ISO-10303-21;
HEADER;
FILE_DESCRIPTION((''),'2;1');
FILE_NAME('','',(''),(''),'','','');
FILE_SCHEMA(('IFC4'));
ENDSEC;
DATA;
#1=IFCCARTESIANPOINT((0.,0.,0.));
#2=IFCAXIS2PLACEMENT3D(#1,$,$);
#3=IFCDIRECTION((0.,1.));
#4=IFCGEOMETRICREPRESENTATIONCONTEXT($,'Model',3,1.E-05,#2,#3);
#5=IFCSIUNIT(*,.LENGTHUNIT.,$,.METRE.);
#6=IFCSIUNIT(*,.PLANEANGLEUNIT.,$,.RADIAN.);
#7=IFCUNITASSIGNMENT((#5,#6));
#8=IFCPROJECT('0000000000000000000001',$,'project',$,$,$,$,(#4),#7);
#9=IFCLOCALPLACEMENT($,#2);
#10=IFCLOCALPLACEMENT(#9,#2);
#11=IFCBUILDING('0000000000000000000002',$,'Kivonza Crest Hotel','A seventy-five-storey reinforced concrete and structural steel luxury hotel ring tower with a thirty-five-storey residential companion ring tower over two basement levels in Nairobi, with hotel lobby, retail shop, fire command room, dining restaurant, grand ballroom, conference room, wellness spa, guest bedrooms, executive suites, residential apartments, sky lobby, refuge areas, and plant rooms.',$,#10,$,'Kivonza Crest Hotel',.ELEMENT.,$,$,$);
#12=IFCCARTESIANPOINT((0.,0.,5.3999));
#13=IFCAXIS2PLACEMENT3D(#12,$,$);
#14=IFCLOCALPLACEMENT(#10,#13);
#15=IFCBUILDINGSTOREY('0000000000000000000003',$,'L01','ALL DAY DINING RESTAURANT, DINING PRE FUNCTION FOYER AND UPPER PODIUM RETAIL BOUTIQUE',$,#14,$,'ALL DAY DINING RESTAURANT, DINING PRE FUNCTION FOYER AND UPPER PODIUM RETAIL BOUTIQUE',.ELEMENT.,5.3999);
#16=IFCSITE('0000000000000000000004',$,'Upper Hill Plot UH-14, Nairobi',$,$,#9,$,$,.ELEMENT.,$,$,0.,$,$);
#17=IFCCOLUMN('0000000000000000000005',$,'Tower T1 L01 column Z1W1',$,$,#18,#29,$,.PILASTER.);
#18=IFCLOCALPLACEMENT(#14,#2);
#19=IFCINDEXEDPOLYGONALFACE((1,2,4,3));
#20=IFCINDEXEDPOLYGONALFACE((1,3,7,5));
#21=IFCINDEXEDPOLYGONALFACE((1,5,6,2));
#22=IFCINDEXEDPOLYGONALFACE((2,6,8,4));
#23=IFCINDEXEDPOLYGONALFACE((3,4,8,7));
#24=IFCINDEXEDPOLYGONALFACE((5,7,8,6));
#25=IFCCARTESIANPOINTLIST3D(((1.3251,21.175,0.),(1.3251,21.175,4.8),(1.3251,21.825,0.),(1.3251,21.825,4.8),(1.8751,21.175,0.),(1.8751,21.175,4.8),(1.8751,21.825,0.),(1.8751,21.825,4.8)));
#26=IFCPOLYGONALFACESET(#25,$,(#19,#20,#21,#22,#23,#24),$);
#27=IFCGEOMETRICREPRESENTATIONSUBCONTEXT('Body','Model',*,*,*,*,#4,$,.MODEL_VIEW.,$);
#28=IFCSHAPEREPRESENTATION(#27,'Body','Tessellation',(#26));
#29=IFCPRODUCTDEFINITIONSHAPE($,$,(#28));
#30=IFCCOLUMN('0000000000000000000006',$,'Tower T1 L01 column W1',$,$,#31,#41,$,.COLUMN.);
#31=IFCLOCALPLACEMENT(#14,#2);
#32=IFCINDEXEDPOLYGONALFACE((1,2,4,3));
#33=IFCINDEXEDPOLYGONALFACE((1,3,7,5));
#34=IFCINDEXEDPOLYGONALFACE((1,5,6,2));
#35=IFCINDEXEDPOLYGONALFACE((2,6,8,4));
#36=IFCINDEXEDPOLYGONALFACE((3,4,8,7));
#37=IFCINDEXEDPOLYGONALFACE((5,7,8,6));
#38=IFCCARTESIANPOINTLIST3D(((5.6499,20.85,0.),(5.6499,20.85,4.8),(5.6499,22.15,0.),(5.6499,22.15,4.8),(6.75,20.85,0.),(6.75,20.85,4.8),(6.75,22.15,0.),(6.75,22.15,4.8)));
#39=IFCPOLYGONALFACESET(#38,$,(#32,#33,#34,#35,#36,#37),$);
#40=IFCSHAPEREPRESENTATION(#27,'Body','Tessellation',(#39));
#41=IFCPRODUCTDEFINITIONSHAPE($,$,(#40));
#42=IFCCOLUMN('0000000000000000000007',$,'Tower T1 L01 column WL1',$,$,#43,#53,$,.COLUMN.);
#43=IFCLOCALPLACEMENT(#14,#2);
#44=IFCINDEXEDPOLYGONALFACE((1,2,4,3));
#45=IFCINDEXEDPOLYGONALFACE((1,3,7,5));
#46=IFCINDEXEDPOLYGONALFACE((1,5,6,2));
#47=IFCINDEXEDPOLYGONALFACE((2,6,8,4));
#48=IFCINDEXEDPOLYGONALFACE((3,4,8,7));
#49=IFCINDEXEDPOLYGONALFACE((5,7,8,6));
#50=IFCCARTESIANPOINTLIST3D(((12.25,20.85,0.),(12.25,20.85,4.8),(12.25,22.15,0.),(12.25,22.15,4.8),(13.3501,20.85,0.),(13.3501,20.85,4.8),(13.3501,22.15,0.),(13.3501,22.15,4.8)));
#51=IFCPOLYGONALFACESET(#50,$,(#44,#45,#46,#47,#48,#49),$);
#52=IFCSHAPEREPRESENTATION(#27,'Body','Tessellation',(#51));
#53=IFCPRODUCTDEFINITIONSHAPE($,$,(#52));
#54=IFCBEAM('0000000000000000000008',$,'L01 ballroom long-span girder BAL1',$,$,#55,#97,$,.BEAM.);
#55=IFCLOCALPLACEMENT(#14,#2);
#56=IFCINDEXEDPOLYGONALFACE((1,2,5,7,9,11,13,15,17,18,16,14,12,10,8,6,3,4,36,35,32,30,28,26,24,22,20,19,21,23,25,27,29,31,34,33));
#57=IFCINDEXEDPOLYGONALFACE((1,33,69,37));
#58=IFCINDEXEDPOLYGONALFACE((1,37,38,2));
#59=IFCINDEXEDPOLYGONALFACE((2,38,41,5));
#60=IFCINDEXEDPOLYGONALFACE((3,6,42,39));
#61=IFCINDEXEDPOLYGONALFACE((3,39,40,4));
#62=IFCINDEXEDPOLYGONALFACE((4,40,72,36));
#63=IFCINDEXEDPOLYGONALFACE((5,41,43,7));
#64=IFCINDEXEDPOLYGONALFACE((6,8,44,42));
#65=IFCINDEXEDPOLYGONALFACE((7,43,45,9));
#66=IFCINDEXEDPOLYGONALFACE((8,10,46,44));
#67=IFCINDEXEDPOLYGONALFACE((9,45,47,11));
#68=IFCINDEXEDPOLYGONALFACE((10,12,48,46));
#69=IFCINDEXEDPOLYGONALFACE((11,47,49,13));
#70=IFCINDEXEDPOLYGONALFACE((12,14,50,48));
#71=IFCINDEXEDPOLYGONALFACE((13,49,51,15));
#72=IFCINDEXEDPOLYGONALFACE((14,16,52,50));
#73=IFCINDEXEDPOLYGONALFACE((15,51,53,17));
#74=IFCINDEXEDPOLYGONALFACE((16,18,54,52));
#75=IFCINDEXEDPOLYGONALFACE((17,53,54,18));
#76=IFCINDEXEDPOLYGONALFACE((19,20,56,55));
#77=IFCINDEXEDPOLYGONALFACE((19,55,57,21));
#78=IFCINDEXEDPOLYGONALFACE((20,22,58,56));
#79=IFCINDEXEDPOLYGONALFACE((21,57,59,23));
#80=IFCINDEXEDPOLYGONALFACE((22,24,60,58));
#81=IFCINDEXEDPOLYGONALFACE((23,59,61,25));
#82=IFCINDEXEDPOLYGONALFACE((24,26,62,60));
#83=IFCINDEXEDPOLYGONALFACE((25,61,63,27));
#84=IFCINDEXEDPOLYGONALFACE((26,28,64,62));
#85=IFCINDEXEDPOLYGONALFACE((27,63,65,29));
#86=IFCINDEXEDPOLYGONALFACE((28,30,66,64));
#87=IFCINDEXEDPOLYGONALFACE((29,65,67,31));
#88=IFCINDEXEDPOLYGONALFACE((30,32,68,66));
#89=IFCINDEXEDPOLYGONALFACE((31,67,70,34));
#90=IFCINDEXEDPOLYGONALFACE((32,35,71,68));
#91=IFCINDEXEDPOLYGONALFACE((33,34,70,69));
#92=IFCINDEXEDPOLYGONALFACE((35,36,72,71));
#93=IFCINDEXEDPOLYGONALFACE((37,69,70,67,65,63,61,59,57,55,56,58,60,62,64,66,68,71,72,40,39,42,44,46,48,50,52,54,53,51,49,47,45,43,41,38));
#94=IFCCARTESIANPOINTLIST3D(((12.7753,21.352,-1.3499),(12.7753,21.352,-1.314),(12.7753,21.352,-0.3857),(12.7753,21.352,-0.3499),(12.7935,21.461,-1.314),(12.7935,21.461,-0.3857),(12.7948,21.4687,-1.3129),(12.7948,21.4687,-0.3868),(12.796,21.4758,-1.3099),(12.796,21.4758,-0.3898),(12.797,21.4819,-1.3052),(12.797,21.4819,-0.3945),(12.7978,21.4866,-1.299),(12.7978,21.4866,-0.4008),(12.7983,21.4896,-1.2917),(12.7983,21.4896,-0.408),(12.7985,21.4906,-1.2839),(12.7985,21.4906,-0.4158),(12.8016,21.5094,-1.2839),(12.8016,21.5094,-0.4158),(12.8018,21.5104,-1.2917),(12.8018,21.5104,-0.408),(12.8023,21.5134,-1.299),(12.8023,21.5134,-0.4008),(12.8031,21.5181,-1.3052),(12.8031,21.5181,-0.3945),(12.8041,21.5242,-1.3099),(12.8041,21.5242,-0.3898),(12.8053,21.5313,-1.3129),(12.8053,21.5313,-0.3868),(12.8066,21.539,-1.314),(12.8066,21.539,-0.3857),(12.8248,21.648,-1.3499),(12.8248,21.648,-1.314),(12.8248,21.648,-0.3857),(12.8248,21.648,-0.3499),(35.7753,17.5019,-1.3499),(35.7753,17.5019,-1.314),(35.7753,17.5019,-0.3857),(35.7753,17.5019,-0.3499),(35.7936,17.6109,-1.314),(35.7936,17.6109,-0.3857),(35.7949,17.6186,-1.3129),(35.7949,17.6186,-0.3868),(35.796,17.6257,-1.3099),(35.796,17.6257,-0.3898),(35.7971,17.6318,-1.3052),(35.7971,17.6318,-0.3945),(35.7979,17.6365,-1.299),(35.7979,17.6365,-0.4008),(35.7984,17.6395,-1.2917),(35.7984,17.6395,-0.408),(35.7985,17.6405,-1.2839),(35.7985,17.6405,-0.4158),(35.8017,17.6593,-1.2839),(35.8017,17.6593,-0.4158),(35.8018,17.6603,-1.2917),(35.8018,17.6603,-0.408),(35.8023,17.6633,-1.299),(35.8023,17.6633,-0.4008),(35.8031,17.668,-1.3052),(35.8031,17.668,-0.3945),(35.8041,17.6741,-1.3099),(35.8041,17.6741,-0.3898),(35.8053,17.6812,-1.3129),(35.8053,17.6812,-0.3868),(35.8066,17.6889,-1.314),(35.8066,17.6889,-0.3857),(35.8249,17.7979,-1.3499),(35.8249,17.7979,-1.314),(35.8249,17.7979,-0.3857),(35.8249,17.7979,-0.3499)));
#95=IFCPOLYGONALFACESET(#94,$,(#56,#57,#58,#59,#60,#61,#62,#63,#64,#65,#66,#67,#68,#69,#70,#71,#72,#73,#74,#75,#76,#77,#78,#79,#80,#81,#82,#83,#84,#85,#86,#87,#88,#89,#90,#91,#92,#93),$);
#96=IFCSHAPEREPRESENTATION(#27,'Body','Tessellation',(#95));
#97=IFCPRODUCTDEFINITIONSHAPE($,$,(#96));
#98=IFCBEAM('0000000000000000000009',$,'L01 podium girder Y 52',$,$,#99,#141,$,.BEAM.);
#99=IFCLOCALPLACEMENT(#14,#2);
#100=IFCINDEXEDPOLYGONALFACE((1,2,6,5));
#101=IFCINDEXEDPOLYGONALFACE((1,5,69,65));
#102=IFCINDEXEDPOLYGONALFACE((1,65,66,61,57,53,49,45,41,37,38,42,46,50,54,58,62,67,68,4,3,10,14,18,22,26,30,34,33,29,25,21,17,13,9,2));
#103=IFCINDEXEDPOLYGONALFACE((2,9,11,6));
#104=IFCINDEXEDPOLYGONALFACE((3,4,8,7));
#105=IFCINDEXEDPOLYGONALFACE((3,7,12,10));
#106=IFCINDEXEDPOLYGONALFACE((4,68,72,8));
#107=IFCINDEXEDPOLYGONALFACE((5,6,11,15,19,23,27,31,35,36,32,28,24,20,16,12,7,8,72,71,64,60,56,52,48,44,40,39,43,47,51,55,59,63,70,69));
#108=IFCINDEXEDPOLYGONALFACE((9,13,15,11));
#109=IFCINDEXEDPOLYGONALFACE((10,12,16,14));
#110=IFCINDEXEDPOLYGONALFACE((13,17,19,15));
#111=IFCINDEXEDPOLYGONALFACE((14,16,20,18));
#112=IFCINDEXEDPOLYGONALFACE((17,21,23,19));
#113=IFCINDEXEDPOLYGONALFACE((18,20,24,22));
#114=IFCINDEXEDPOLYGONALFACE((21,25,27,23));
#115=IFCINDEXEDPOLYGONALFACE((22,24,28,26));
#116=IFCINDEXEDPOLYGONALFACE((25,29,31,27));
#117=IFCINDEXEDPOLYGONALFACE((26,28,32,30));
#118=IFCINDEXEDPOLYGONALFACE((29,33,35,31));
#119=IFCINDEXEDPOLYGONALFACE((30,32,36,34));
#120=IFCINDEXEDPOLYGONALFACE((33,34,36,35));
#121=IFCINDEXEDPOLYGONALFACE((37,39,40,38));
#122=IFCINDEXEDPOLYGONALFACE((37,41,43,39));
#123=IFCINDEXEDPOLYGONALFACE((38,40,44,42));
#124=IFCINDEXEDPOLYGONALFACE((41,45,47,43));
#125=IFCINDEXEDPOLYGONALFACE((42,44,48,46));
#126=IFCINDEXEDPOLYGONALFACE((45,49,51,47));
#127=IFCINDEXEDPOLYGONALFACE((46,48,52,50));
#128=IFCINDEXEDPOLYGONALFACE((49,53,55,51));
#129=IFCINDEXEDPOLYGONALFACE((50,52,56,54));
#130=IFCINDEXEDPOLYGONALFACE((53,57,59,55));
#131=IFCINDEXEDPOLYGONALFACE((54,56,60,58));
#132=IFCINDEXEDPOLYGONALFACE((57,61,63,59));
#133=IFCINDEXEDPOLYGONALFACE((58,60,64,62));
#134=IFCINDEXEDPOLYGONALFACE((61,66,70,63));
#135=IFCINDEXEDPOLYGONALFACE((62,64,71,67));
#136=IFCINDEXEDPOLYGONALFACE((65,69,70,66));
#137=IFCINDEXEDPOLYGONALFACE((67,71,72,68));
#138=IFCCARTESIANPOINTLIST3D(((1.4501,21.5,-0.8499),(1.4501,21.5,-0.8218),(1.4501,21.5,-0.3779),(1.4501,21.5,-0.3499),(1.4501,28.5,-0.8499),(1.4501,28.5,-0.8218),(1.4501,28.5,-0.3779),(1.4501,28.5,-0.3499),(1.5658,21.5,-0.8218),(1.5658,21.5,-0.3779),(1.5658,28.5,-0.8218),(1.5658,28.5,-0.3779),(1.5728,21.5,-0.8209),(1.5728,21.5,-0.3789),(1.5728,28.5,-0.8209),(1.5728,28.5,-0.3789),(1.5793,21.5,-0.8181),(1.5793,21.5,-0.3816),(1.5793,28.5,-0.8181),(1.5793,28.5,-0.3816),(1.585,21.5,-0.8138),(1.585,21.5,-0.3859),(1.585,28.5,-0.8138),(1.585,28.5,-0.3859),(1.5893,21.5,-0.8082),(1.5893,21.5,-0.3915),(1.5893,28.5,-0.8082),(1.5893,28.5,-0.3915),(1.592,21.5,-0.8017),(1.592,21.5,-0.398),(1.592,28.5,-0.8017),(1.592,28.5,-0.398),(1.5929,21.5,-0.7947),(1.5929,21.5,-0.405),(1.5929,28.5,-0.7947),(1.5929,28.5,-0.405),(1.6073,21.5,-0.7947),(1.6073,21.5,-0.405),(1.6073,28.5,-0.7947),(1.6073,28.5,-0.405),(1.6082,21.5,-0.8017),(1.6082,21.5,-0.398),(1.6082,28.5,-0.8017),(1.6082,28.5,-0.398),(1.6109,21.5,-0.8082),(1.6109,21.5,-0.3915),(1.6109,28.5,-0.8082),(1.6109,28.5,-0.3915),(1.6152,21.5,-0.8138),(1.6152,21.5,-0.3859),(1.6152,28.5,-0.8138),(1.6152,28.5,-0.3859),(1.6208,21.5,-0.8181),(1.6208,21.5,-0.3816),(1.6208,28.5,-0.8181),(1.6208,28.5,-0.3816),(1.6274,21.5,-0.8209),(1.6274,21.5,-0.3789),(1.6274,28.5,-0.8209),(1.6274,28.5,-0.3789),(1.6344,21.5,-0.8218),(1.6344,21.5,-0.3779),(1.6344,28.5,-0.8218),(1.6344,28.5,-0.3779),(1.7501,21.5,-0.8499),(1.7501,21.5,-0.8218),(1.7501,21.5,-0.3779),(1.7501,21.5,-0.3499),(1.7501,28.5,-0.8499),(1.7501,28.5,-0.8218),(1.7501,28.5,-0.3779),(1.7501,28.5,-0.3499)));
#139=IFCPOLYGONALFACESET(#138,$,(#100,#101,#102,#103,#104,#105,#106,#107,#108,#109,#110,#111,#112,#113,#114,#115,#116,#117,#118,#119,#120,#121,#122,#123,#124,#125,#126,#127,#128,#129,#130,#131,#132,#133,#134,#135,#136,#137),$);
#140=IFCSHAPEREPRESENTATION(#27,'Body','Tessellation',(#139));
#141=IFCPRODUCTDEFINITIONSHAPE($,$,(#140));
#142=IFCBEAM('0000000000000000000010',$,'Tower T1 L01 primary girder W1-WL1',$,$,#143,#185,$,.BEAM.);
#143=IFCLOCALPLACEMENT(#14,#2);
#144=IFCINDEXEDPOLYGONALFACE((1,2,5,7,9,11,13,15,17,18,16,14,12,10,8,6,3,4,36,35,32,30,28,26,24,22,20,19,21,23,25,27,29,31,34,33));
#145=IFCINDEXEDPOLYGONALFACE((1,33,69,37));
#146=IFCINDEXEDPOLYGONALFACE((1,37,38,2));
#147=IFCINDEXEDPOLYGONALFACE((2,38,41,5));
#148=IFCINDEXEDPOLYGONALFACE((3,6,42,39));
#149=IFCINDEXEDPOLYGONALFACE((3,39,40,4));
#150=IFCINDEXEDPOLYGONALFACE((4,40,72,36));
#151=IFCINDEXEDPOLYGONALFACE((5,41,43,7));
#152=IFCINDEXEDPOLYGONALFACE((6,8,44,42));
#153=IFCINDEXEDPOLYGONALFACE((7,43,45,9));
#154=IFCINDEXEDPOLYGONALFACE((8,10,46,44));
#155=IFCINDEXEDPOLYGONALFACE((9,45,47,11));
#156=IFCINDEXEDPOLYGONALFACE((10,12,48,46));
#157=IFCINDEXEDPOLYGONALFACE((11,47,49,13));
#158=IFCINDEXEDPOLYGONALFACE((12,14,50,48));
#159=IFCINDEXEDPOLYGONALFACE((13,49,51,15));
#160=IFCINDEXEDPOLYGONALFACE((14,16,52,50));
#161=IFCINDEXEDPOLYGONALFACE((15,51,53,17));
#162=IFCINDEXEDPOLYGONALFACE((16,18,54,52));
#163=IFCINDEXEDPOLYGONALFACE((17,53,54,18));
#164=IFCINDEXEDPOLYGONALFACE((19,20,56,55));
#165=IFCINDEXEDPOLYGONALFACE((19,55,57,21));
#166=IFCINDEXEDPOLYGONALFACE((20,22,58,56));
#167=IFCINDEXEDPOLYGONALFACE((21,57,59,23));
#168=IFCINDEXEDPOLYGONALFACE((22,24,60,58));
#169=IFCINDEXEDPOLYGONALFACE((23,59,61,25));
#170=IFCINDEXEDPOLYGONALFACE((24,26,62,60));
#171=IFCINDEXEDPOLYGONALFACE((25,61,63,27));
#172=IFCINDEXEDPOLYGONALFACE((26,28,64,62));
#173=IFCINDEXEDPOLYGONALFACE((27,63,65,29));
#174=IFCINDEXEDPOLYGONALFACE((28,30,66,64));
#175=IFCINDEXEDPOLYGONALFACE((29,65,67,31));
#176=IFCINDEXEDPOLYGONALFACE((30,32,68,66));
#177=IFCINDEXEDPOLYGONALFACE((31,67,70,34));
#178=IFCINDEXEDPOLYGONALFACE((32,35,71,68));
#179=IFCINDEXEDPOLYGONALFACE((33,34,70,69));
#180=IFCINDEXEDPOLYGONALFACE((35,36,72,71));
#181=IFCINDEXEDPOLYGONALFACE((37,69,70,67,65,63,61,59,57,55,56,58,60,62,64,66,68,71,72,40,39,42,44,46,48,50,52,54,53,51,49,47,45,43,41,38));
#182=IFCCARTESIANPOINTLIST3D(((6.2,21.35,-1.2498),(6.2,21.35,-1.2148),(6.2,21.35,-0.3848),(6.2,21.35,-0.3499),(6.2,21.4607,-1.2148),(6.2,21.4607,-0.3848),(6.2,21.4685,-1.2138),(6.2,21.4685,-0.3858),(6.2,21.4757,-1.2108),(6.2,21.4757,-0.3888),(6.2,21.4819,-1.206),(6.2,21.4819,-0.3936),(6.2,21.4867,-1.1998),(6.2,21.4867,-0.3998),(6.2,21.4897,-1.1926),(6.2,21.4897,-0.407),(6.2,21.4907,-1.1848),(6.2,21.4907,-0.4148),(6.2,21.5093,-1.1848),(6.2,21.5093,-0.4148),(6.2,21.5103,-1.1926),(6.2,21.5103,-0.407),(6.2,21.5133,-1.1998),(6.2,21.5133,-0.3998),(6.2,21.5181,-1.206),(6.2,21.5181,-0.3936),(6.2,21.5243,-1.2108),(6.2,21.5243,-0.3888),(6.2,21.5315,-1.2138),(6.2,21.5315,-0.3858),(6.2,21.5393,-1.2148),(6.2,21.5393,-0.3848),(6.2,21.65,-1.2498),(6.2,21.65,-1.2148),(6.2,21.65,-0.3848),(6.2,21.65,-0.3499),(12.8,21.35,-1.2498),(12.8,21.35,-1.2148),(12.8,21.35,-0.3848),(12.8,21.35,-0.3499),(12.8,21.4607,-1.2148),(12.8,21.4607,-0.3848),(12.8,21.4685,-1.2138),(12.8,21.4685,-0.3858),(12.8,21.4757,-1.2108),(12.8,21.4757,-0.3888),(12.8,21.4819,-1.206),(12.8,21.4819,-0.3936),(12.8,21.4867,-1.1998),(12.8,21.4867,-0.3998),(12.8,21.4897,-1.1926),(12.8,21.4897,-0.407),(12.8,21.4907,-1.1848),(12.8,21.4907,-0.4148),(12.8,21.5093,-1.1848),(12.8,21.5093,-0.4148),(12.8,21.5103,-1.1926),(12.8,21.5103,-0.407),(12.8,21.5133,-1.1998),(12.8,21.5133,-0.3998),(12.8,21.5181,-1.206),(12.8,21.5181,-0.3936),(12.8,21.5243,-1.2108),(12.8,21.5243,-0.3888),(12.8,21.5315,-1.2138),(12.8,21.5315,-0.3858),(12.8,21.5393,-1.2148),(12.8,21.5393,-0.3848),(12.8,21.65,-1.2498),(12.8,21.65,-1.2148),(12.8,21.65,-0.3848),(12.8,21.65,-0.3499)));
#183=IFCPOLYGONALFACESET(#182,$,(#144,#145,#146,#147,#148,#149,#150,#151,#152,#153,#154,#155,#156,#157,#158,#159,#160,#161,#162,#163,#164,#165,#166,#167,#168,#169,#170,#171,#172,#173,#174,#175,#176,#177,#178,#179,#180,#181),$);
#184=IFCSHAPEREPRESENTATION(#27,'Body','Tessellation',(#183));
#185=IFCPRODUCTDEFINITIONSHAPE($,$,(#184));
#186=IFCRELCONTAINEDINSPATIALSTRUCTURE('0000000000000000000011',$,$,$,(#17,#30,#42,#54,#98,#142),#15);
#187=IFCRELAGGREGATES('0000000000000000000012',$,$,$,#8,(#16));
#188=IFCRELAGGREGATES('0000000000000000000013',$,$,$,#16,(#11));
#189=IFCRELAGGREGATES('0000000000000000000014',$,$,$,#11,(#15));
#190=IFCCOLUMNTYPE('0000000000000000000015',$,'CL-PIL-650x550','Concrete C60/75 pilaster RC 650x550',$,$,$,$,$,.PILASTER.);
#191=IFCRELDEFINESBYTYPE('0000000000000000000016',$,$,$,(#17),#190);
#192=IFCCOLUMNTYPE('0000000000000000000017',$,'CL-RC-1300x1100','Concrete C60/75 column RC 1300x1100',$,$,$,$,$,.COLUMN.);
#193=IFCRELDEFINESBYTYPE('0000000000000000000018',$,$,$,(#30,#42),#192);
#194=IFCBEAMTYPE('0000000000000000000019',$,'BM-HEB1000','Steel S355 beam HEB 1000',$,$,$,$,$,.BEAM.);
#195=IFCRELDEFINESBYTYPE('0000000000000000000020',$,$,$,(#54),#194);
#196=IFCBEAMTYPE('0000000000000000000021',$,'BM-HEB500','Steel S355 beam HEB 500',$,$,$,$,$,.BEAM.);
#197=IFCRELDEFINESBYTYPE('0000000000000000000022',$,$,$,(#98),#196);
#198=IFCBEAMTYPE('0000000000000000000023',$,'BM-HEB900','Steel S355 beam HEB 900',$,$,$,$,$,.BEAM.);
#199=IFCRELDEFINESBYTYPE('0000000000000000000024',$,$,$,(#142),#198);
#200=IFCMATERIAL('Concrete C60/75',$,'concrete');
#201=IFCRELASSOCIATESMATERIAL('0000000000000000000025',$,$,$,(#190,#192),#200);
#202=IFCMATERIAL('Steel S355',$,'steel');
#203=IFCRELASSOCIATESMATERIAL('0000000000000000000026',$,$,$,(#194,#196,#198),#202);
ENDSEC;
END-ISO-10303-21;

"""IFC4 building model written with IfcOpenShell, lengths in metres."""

from ifc_helpers import new_model, si_unit, direction, frame, origin, origin_2d, place, context, subcontext, project, spatial, rectangle, i_section, extrude, material, material_profile, profile_set, type_object, element, save


model = new_model("IFC4")

# Units and contexts
model_context = context("Model", 3, precision=1e-05, world=origin(), true_north=direction((0.0, 1.0)))
body_context = subcontext(model_context, "Body", "Model", "MODEL_VIEW")
ifc_project = project(units=[si_unit("LENGTHUNIT", "METRE"), si_unit("PLANEANGLEUNIT", "RADIAN")], contexts=[model_context])

# Site, building, storey
site_placement = place(None, origin())
site = spatial("IfcSite", under=ifc_project, at=site_placement, Name="Upper Hill Plot UH-14, Nairobi", CompositionType="ELEMENT", RefElevation=0.0)
building_placement = place(site_placement, origin())
building = spatial("IfcBuilding", under=site, at=building_placement, Name="Kivonza Crest Hotel", Description="A seventy-five-storey reinforced concrete and structural steel luxury hotel ring tower with a thirty-five-storey residential companion ring tower over two basement levels in Nairobi, with hotel lobby, retail shop, fire command room, dining restaurant, grand ballroom, conference room, wellness spa, guest bedrooms, executive suites, residential apartments, sky lobby, refuge areas, and plant rooms.", LongName="Kivonza Crest Hotel", CompositionType="ELEMENT")
storey_placement = place(building_placement, frame((0.0, 0.0, 5.3999)))
storey = spatial("IfcBuildingStorey", under=building, at=storey_placement, Name="L01", Description="ALL DAY DINING RESTAURANT, DINING PRE FUNCTION FOYER AND UPPER PODIUM RETAIL BOUTIQUE", LongName="ALL DAY DINING RESTAURANT, DINING PRE FUNCTION FOYER AND UPPER PODIUM RETAIL BOUTIQUE", CompositionType="ELEMENT", Elevation=5.3999)

# Columns
ifc_material_1 = material(Name="Concrete C60/75", Category="concrete")
ifc_material_profile_1 = material_profile(ifc_material_1, rectangle(XDim=0.55, YDim=0.6499, at=origin_2d()), Name="RC 650x550")
ifc_profile_set_1 = profile_set([ifc_material_profile_1], Name="Concrete C60/75")
column_type_1 = type_object("IfcColumnType", Name="CL-PIL-650x550", Description="Concrete C60/75 pilaster RC 650x550", PredefinedType="PILASTER", material=ifc_profile_set_1)
column_placement = place(storey_placement, frame((1.6001, 21.5, 0.0), z_axis=(0.0, 0.0, 1.0), x_axis=(1.0, 0.0, 0.0)))
element("IfcColumn", 1, at=column_placement, inside=storey, type_object=column_type_1, Name="Tower T1 L01 column Z1W1", PredefinedType="PILASTER", context=body_context, shape_type="SweptSolid", body=[
    extrude(rectangle(XDim=0.55, YDim=0.6499, at=origin_2d()), origin(), (0.0, 0.0, 1.0), 4.8),
])
ifc_material_profile_2 = material_profile(ifc_material_1, rectangle(XDim=1.1001, YDim=1.3, at=origin_2d()), Name="RC 1300x1100")
ifc_profile_set_2 = profile_set([ifc_material_profile_2], Name="Concrete C60/75")
column_type_2 = type_object("IfcColumnType", Name="CL-RC-1300x1100", Description="Concrete C60/75 column RC 1300x1100", PredefinedType="COLUMN", material=ifc_profile_set_2)
for number, where, z_axis, x_axis, name in (
    (2, (6.2, 21.5, 0.0), (0.0, 0.0, 1.0), (1.0, 0.0, 0.0), "Tower T1 L01 column W1"),
    (3, (12.8, 21.5, 0.0), (0.0, 0.0, 1.0), (1.0, 0.0, 0.0), "Tower T1 L01 column WL1"),
):
    element("IfcColumn", number, at=place(storey_placement, frame(where, z_axis=z_axis, x_axis=x_axis)), inside=storey, type_object=column_type_2, Name=name, PredefinedType="COLUMN", context=body_context, shape_type="SweptSolid", body=[
        extrude(rectangle(XDim=1.1001, YDim=1.3, at=origin_2d()), origin(), (0.0, 0.0, 1.0), 4.8),
    ])

# Beams
ifc_material_2 = material(Name="Steel S355", Category="steel")
ifc_material_profile_3 = material_profile(ifc_material_2, i_section(OverallWidth=0.3, OverallDepth=1.0, WebThickness=0.019, FlangeThickness=0.0359, FilletRadius=0.03, at=origin_2d()), Name="HEB 1000")
ifc_profile_set_3 = profile_set([ifc_material_profile_3], Name="Steel S355")
beam_type_1 = type_object("IfcBeamType", Name="BM-HEB1000", Description="Steel S355 beam HEB 1000", PredefinedType="BEAM", material=ifc_profile_set_3)
beam_1_placement = place(storey_placement, frame((12.8, 21.5, -0.8499), z_axis=(0.986277, -0.165098, 0.0), x_axis=(0.165098, 0.986277, 0.0)))
element("IfcBeam", 4, at=beam_1_placement, inside=storey, type_object=beam_type_1, Name="L01 ballroom long-span girder BAL1", PredefinedType="BEAM", context=body_context, shape_type="SweptSolid", body=[
    extrude(i_section(OverallWidth=0.3, OverallDepth=1.0, WebThickness=0.019, FlangeThickness=0.0359, FilletRadius=0.03, at=origin_2d()), origin(), (0.0, 0.0, 1.0), 23.3201),
])
ifc_material_profile_4 = material_profile(ifc_material_2, i_section(OverallWidth=0.3, OverallDepth=0.5, WebThickness=0.0144, FlangeThickness=0.0281, FilletRadius=0.0271, at=origin_2d()), Name="HEB 500")
ifc_profile_set_4 = profile_set([ifc_material_profile_4], Name="Steel S355")
beam_type_2 = type_object("IfcBeamType", Name="BM-HEB500", Description="Steel S355 beam HEB 500", PredefinedType="BEAM", material=ifc_profile_set_4)
beam_2_placement = place(storey_placement, frame((1.6001, 21.5, -0.5999), z_axis=(0.0, 1.0, 0.0), x_axis=(-1.0, 0.0, 0.0)))
element("IfcBeam", 5, at=beam_2_placement, inside=storey, type_object=beam_type_2, Name="L01 podium girder Y 52", PredefinedType="BEAM", context=body_context, shape_type="SweptSolid", body=[
    extrude(i_section(OverallWidth=0.3, OverallDepth=0.5, WebThickness=0.0144, FlangeThickness=0.0281, FilletRadius=0.0271, at=origin_2d()), origin(), (0.0, 0.0, 1.0), 7.0),
])
ifc_material_profile_5 = material_profile(ifc_material_2, i_section(OverallWidth=0.3, OverallDepth=0.8999, WebThickness=0.0186, FlangeThickness=0.0349, FilletRadius=0.03, at=origin_2d()), Name="HEB 900")
ifc_profile_set_5 = profile_set([ifc_material_profile_5], Name="Steel S355")
beam_type_3 = type_object("IfcBeamType", Name="BM-HEB900", Description="Steel S355 beam HEB 900", PredefinedType="BEAM", material=ifc_profile_set_5)
beam_3_placement = place(storey_placement, frame((6.2, 21.5, -0.7998), z_axis=(1.0, 0.0, 0.0), x_axis=(0.0, 1.0, 0.0)))
element("IfcBeam", 6, at=beam_3_placement, inside=storey, type_object=beam_type_3, Name="Tower T1 L01 primary girder W1-WL1", PredefinedType="BEAM", context=body_context, shape_type="SweptSolid", body=[
    extrude(i_section(OverallWidth=0.3, OverallDepth=0.8999, WebThickness=0.0186, FlangeThickness=0.0349, FilletRadius=0.03, at=origin_2d()), origin(), (0.0, 0.0, 1.0), 6.6001),
])

save(model, "model.ifc")
